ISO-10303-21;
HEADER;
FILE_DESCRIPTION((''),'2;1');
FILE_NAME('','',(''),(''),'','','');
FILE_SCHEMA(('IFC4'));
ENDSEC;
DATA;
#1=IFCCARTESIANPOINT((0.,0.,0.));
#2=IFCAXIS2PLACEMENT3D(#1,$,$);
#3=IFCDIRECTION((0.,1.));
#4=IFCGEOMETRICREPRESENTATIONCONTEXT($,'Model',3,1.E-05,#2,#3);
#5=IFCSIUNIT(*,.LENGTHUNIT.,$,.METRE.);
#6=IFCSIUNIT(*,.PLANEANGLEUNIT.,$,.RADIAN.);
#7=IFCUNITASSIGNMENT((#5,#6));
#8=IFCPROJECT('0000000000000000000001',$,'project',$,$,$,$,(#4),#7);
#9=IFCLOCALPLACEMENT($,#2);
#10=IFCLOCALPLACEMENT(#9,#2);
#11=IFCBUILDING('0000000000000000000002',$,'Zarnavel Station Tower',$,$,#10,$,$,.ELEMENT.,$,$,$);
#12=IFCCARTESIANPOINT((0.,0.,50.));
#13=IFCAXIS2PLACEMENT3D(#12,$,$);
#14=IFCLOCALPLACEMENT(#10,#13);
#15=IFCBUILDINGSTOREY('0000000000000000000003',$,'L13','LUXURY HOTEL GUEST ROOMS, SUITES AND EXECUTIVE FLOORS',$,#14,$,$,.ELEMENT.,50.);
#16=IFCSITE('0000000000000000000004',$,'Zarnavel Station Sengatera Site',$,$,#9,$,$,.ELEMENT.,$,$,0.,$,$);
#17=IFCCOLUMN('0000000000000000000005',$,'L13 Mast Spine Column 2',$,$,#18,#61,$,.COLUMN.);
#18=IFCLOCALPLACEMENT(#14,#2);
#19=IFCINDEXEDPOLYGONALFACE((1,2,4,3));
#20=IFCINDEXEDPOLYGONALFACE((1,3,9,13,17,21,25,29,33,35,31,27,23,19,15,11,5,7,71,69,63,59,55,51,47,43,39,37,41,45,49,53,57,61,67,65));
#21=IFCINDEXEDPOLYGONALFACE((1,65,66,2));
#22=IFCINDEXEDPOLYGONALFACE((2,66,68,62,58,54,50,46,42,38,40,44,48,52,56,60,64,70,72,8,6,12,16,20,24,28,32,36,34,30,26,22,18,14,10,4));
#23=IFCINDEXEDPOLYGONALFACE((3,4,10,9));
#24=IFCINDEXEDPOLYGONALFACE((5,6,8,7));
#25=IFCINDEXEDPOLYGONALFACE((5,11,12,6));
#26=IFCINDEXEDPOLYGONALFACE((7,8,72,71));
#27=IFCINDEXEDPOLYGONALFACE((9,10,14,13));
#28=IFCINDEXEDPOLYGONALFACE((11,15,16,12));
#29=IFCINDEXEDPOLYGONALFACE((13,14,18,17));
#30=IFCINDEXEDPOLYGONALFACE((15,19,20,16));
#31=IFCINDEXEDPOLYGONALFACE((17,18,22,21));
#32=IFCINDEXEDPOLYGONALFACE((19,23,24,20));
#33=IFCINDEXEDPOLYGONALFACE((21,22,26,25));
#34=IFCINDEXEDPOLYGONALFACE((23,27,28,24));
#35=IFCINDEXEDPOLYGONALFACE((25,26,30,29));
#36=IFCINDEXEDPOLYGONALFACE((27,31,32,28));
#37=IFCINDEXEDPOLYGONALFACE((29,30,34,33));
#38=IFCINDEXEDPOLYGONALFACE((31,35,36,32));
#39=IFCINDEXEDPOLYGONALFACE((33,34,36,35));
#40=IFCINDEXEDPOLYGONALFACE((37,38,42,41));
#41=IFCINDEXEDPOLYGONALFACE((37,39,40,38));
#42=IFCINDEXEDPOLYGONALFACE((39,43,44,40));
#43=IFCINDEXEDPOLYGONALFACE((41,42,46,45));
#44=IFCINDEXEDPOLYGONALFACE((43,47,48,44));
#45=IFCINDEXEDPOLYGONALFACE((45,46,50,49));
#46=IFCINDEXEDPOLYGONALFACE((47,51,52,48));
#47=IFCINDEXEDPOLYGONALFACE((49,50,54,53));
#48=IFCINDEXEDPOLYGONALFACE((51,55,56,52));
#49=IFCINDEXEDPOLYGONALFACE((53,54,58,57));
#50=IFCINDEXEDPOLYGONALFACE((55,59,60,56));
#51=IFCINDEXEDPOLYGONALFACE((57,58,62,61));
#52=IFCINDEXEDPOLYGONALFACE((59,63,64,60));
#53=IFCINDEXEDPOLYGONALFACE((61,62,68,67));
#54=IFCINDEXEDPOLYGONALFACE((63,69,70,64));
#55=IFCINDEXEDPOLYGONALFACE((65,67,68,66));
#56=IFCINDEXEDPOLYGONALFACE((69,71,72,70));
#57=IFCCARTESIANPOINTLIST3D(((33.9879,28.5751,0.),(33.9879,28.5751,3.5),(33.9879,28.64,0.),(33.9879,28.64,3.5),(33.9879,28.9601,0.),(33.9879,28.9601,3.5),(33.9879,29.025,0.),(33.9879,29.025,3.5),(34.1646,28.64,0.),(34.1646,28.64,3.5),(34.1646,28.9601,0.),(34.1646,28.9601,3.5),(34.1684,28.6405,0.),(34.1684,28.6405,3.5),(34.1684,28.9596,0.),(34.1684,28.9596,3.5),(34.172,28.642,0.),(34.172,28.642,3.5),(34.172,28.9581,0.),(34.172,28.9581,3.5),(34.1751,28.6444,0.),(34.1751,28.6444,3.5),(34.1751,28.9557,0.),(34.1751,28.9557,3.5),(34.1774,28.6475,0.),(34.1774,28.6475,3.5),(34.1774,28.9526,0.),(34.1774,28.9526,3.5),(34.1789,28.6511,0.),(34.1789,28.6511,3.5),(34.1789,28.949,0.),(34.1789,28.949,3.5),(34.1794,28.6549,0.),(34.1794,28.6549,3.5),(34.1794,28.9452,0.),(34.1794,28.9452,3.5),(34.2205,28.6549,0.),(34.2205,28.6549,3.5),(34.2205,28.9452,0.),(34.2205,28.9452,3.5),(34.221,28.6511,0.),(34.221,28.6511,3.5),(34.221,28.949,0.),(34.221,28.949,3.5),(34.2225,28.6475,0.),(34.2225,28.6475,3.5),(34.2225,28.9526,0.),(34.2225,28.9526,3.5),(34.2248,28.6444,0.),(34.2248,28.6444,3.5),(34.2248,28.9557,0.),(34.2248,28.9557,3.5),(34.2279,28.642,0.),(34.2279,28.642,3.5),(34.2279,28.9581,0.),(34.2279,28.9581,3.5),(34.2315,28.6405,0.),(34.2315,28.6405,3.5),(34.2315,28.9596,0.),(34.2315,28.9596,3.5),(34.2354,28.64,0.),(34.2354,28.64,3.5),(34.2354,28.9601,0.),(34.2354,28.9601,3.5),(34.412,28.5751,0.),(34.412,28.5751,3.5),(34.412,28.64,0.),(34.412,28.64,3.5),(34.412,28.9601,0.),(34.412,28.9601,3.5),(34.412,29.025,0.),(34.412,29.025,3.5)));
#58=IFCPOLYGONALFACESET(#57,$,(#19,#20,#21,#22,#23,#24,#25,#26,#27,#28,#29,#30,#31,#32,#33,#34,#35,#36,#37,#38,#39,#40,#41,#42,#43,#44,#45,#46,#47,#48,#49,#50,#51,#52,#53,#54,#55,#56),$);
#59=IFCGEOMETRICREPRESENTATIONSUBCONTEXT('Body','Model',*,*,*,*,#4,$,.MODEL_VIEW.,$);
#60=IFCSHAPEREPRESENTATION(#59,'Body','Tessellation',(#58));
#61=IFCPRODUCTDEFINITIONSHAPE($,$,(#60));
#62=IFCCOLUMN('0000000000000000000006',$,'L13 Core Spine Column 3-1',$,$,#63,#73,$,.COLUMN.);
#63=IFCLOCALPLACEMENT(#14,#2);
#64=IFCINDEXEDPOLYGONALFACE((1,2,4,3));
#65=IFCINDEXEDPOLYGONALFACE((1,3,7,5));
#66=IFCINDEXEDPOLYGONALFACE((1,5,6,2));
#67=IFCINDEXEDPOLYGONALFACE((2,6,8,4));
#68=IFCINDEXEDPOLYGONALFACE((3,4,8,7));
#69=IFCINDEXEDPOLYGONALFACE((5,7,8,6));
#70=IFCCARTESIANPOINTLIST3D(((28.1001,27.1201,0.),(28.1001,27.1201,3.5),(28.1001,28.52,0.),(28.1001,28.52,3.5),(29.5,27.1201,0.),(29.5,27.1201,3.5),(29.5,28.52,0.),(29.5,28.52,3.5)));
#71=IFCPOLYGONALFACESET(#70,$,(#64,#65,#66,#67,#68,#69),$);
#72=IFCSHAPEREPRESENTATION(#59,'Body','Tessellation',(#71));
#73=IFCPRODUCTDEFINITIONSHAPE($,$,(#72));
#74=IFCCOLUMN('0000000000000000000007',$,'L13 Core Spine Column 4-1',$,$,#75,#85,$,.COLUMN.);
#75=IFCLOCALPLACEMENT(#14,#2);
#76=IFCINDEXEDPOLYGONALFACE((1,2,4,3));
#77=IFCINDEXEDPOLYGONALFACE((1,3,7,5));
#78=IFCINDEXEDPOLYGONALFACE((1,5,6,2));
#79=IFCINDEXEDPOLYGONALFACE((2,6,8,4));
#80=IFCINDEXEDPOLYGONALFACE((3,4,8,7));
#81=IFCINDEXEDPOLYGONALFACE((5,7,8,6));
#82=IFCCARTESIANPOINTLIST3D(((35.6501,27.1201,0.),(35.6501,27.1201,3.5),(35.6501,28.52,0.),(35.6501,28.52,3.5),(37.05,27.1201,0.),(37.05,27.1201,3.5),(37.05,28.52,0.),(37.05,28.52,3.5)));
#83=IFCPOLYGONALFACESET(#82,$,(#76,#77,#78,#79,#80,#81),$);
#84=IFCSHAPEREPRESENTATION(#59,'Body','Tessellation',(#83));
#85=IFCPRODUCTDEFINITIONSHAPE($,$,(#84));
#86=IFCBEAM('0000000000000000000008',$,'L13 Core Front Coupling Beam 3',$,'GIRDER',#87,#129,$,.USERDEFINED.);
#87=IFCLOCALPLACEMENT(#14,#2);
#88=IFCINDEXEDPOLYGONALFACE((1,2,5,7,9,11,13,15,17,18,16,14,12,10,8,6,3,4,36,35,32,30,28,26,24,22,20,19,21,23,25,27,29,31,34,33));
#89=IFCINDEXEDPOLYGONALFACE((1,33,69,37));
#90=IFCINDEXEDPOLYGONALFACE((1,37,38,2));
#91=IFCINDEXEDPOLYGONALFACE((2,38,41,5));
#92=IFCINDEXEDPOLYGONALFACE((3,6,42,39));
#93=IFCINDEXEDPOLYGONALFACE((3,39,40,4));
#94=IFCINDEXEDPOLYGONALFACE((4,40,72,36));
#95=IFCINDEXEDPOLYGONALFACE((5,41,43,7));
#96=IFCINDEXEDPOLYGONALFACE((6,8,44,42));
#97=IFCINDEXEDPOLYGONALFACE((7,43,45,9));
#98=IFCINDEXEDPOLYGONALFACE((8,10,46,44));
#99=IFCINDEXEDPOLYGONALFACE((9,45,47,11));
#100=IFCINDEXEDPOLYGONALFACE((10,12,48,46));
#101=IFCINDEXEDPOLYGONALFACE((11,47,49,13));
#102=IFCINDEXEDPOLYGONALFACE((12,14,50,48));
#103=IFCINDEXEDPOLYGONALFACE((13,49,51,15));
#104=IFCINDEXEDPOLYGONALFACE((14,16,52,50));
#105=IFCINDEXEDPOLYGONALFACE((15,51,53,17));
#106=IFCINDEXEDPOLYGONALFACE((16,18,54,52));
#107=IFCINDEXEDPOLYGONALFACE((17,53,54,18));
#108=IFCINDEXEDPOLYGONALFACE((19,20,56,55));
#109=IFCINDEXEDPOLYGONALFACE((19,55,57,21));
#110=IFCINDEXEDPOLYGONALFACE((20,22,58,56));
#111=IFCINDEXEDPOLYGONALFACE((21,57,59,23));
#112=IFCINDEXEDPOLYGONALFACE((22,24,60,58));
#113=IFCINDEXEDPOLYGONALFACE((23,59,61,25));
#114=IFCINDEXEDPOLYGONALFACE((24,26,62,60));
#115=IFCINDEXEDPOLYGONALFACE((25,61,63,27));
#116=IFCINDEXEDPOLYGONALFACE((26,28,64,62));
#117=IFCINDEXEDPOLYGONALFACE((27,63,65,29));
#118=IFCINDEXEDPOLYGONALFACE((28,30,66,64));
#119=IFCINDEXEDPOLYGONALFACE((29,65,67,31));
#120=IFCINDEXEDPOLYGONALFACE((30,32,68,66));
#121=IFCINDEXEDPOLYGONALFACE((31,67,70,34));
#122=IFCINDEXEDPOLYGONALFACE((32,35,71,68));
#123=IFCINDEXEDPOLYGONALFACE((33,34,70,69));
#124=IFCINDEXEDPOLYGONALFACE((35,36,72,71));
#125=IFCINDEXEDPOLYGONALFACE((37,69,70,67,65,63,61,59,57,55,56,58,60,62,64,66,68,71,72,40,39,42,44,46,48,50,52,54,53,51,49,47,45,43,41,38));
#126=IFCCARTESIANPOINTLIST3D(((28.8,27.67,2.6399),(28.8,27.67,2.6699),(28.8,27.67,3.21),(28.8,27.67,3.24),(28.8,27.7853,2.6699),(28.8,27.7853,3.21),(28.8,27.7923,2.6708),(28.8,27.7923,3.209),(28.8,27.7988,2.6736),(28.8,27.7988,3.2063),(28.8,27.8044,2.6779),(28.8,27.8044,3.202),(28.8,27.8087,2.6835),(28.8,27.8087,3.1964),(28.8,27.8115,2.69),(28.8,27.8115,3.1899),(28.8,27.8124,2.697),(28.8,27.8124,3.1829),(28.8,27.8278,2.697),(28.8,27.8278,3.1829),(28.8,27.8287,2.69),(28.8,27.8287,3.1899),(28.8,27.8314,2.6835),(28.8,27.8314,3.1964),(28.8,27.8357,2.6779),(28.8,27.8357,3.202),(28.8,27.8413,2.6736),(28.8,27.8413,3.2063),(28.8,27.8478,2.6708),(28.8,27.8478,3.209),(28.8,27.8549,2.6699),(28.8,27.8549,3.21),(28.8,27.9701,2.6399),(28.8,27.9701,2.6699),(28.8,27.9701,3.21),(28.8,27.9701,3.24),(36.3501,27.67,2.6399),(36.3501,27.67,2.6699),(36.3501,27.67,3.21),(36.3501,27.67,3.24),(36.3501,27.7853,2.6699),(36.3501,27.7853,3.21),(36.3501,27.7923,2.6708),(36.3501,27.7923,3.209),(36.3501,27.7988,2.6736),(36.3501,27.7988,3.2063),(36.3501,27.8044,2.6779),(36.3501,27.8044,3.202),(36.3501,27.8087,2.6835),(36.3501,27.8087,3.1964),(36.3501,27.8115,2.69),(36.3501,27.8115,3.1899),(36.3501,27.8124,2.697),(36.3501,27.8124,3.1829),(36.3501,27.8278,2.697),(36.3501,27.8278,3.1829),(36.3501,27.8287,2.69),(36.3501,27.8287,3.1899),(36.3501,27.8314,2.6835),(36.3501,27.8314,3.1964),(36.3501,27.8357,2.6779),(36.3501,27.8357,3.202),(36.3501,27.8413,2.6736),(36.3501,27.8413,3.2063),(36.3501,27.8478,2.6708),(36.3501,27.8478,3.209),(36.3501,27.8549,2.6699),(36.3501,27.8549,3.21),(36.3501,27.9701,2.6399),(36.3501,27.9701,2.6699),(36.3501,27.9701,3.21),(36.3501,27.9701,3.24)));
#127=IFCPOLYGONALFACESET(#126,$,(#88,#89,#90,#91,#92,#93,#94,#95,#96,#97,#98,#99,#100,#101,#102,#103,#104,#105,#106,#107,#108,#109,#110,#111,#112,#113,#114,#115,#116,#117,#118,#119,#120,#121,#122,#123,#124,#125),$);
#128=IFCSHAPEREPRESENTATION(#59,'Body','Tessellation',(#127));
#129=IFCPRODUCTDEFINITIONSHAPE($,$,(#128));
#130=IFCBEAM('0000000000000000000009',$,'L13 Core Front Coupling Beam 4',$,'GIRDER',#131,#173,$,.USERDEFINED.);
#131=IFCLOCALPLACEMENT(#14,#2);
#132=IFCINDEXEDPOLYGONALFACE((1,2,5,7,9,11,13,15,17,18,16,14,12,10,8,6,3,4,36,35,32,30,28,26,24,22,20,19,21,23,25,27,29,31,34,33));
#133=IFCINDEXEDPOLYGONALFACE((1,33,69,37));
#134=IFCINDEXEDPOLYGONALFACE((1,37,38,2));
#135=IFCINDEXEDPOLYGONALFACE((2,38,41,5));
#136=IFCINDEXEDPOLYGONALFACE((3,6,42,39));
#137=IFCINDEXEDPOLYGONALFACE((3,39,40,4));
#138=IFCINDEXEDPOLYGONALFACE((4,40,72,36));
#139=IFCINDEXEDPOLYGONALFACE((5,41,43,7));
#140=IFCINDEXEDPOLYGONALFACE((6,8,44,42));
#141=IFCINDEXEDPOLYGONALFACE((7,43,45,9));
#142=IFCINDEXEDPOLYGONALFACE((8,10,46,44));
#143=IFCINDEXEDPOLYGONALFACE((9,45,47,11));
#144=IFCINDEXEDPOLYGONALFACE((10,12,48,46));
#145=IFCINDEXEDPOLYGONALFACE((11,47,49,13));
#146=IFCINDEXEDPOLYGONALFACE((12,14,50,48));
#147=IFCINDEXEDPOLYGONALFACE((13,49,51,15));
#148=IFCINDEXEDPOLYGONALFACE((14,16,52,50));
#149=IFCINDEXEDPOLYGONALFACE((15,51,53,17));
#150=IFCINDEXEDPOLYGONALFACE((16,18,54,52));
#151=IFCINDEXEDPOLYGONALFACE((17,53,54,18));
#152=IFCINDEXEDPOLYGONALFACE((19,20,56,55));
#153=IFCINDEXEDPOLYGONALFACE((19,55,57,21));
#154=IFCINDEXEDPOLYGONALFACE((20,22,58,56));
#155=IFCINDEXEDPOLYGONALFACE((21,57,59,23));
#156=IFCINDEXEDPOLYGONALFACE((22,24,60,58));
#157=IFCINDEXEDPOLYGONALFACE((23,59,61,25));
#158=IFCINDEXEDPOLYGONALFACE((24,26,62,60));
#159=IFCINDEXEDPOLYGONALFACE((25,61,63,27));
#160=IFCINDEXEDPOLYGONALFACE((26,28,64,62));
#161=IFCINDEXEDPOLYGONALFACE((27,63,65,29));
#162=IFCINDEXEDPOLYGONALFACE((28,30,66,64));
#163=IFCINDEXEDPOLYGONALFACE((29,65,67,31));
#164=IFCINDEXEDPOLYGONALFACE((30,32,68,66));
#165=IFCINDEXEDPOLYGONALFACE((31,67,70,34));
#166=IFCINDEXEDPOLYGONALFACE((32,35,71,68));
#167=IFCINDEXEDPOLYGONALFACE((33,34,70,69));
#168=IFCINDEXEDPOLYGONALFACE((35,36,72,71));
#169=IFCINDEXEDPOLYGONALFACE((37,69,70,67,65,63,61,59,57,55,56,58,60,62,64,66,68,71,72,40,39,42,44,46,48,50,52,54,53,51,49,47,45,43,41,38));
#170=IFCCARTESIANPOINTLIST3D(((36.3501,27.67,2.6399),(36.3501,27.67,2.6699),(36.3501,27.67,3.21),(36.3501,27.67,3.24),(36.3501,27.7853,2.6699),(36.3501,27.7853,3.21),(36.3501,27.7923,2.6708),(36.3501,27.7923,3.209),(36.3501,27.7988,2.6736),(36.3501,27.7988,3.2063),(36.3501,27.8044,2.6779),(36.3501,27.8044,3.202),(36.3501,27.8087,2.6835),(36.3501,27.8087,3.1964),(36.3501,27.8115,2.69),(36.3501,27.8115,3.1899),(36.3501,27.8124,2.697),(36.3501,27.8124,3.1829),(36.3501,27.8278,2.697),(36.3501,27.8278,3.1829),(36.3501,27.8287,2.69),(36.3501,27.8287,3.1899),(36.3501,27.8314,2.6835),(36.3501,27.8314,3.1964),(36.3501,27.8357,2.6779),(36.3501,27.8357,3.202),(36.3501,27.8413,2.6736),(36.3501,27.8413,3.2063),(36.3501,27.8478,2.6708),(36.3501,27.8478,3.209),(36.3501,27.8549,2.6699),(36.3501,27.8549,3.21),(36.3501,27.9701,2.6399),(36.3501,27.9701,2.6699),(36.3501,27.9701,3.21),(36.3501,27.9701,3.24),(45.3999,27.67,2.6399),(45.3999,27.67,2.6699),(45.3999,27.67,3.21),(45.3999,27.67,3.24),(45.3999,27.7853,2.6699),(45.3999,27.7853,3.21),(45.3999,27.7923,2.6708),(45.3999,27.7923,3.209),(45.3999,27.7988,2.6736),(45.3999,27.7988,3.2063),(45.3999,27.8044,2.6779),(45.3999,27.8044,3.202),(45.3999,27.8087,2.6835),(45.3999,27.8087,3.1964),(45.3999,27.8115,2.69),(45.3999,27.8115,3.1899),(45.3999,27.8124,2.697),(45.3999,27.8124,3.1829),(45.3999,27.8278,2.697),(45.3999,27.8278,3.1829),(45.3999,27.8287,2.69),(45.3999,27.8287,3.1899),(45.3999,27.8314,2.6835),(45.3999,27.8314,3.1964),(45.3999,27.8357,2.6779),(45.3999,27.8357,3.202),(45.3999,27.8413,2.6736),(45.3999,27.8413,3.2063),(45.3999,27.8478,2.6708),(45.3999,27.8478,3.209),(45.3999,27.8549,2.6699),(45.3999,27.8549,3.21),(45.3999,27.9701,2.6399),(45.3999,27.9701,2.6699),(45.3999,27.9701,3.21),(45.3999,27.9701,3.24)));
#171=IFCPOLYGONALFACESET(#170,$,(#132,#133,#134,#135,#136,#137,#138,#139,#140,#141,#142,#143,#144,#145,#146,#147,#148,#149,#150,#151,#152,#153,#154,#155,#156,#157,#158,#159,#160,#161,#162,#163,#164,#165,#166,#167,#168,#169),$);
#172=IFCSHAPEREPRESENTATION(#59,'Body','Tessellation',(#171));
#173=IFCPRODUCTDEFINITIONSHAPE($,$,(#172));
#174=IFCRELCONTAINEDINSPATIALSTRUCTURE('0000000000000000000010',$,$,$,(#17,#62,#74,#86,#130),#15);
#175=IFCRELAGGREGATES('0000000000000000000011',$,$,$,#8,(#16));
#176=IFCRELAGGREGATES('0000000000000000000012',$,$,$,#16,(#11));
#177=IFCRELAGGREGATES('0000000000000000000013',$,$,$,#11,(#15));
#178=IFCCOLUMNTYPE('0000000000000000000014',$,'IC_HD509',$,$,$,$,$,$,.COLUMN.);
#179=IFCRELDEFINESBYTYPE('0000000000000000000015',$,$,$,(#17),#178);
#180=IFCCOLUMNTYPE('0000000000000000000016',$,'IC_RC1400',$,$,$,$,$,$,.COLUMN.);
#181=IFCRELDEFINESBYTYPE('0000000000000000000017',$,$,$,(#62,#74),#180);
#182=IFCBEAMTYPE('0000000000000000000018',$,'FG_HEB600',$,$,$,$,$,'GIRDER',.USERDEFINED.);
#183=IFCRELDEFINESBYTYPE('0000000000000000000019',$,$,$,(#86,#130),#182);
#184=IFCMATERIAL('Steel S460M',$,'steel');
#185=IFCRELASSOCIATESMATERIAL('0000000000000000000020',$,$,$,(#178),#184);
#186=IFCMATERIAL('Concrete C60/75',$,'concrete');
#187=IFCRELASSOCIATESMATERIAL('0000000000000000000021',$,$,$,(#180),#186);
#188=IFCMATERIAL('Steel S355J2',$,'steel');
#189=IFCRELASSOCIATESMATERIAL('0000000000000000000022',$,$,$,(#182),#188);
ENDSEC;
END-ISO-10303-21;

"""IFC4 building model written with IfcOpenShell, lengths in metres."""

from ifc_helpers import new_model, si_unit, direction, frame, origin, origin_2d, place, context, subcontext, project, spatial, rectangle, i_section, extrude, material, material_profile, profile_set, type_object, element, save


model = new_model("IFC4")

# Units and contexts
model_context = context("Model", 3, precision=1e-05, world=origin(), true_north=direction((0.0, 1.0)))
body_context = subcontext(model_context, "Body", "Model", "MODEL_VIEW")
ifc_project = project(units=[si_unit("LENGTHUNIT", "METRE"), si_unit("PLANEANGLEUNIT", "RADIAN")], contexts=[model_context])

# Site, building, storey
site_placement = place(None, origin())
site = spatial("IfcSite", under=ifc_project, at=site_placement, Name="Zarnavel Station Sengatera Site", CompositionType="ELEMENT", RefElevation=0.0)
building_placement = place(site_placement, origin())
building = spatial("IfcBuilding", under=site, at=building_placement, Name="Zarnavel Station Tower", CompositionType="ELEMENT")
storey_placement = place(building_placement, frame((0.0, 0.0, 50.0)))
storey = spatial("IfcBuildingStorey", under=building, at=storey_placement, Name="L13", Description="LUXURY HOTEL GUEST ROOMS, SUITES AND EXECUTIVE FLOORS", CompositionType="ELEMENT", Elevation=50.0)

# Columns
ifc_material_1 = material(Name="Steel S460M", Category="steel")
ifc_material_profile_1 = material_profile(ifc_material_1, i_section(OverallWidth=0.4241, OverallDepth=0.45, WebThickness=0.041, FlangeThickness=0.0649, FilletRadius=0.0149, at=origin_2d()), Name="HD400x509")
ifc_profile_set_1 = profile_set([ifc_material_profile_1], Name="Steel S460M")
column_type_1 = type_object("IfcColumnType", Name="IC_HD509", PredefinedType="COLUMN", material=ifc_profile_set_1)
column_placement = place(storey_placement, frame((34.2, 28.8, 0.0), z_axis=(0.0, 0.0, 1.0), x_axis=(1.0, 0.0, 0.0)))
element("IfcColumn", 1, at=column_placement, inside=storey, type_object=column_type_1, Name="L13 Mast Spine Column 2", PredefinedType="COLUMN", context=body_context, shape_type="SweptSolid", body=[
    extrude(i_section(OverallWidth=0.4241, OverallDepth=0.45, WebThickness=0.041, FlangeThickness=0.0649, FilletRadius=0.0149, at=origin_2d()), origin(), (0.0, 0.0, 1.0), 3.5),
])
ifc_material_2 = material(Name="Concrete C60/75", Category="concrete")
ifc_material_profile_2 = material_profile(ifc_material_2, rectangle(XDim=1.3999, YDim=1.3999, at=origin_2d()), Name="RC1400x1400")
ifc_profile_set_2 = profile_set([ifc_material_profile_2], Name="Concrete C60/75")
column_type_2 = type_object("IfcColumnType", Name="IC_RC1400", PredefinedType="COLUMN", material=ifc_profile_set_2)
for number, where, z_axis, x_axis, name in (
    (2, (28.8, 27.8201, 0.0), (0.0, 0.0, 1.0), (1.0, 0.0, 0.0), "L13 Core Spine Column 3-1"),
    (3, (36.3501, 27.8201, 0.0), (0.0, 0.0, 1.0), (1.0, 0.0, 0.0), "L13 Core Spine Column 4-1"),
):
    element("IfcColumn", number, at=place(storey_placement, frame(where, z_axis=z_axis, x_axis=x_axis)), inside=storey, type_object=column_type_2, Name=name, PredefinedType="COLUMN", context=body_context, shape_type="SweptSolid", body=[
        extrude(rectangle(XDim=1.3999, YDim=1.3999, at=origin_2d()), origin(), (0.0, 0.0, 1.0), 3.5),
    ])

# Beams
ifc_material_3 = material(Name="Steel S355J2", Category="steel")
ifc_material_profile_3 = material_profile(ifc_material_3, i_section(OverallWidth=0.3, OverallDepth=0.6001, WebThickness=0.0154, FlangeThickness=0.03, FilletRadius=0.0271, at=origin_2d()), Name="HEB600")
ifc_profile_set_3 = profile_set([ifc_material_profile_3], Name="Steel S355J2")
beam_type_1 = type_object("IfcBeamType", Name="FG_HEB600", ElementType="GIRDER", PredefinedType="USERDEFINED", material=ifc_profile_set_3)
beam_1_placement = place(storey_placement, frame((28.8, 27.8201, 2.9399), z_axis=(1.0, 0.0, 0.0), x_axis=(0.0, 1.0, 0.0)))
element("IfcBeam", 4, at=beam_1_placement, inside=storey, type_object=beam_type_1, Name="L13 Core Front Coupling Beam 3", ObjectType="GIRDER", PredefinedType="USERDEFINED", context=body_context, shape_type="SweptSolid", body=[
    extrude(i_section(OverallWidth=0.3, OverallDepth=0.6001, WebThickness=0.0154, FlangeThickness=0.03, FilletRadius=0.0271, at=origin_2d()), origin(), (0.0, 0.0, 1.0), 7.55),
])
beam_2_placement = place(storey_placement, frame((36.3501, 27.8201, 2.9399), z_axis=(1.0, 0.0, 0.0), x_axis=(0.0, 1.0, 0.0)))
element("IfcBeam", 5, at=beam_2_placement, inside=storey, type_object=beam_type_1, Name="L13 Core Front Coupling Beam 4", ObjectType="GIRDER", PredefinedType="USERDEFINED", context=body_context, shape_type="SweptSolid", body=[
    extrude(i_section(OverallWidth=0.3, OverallDepth=0.6001, WebThickness=0.0154, FlangeThickness=0.03, FilletRadius=0.0271, at=origin_2d()), origin(), (0.0, 0.0, 1.0), 9.0498),
])

save(model, "model.ifc")
